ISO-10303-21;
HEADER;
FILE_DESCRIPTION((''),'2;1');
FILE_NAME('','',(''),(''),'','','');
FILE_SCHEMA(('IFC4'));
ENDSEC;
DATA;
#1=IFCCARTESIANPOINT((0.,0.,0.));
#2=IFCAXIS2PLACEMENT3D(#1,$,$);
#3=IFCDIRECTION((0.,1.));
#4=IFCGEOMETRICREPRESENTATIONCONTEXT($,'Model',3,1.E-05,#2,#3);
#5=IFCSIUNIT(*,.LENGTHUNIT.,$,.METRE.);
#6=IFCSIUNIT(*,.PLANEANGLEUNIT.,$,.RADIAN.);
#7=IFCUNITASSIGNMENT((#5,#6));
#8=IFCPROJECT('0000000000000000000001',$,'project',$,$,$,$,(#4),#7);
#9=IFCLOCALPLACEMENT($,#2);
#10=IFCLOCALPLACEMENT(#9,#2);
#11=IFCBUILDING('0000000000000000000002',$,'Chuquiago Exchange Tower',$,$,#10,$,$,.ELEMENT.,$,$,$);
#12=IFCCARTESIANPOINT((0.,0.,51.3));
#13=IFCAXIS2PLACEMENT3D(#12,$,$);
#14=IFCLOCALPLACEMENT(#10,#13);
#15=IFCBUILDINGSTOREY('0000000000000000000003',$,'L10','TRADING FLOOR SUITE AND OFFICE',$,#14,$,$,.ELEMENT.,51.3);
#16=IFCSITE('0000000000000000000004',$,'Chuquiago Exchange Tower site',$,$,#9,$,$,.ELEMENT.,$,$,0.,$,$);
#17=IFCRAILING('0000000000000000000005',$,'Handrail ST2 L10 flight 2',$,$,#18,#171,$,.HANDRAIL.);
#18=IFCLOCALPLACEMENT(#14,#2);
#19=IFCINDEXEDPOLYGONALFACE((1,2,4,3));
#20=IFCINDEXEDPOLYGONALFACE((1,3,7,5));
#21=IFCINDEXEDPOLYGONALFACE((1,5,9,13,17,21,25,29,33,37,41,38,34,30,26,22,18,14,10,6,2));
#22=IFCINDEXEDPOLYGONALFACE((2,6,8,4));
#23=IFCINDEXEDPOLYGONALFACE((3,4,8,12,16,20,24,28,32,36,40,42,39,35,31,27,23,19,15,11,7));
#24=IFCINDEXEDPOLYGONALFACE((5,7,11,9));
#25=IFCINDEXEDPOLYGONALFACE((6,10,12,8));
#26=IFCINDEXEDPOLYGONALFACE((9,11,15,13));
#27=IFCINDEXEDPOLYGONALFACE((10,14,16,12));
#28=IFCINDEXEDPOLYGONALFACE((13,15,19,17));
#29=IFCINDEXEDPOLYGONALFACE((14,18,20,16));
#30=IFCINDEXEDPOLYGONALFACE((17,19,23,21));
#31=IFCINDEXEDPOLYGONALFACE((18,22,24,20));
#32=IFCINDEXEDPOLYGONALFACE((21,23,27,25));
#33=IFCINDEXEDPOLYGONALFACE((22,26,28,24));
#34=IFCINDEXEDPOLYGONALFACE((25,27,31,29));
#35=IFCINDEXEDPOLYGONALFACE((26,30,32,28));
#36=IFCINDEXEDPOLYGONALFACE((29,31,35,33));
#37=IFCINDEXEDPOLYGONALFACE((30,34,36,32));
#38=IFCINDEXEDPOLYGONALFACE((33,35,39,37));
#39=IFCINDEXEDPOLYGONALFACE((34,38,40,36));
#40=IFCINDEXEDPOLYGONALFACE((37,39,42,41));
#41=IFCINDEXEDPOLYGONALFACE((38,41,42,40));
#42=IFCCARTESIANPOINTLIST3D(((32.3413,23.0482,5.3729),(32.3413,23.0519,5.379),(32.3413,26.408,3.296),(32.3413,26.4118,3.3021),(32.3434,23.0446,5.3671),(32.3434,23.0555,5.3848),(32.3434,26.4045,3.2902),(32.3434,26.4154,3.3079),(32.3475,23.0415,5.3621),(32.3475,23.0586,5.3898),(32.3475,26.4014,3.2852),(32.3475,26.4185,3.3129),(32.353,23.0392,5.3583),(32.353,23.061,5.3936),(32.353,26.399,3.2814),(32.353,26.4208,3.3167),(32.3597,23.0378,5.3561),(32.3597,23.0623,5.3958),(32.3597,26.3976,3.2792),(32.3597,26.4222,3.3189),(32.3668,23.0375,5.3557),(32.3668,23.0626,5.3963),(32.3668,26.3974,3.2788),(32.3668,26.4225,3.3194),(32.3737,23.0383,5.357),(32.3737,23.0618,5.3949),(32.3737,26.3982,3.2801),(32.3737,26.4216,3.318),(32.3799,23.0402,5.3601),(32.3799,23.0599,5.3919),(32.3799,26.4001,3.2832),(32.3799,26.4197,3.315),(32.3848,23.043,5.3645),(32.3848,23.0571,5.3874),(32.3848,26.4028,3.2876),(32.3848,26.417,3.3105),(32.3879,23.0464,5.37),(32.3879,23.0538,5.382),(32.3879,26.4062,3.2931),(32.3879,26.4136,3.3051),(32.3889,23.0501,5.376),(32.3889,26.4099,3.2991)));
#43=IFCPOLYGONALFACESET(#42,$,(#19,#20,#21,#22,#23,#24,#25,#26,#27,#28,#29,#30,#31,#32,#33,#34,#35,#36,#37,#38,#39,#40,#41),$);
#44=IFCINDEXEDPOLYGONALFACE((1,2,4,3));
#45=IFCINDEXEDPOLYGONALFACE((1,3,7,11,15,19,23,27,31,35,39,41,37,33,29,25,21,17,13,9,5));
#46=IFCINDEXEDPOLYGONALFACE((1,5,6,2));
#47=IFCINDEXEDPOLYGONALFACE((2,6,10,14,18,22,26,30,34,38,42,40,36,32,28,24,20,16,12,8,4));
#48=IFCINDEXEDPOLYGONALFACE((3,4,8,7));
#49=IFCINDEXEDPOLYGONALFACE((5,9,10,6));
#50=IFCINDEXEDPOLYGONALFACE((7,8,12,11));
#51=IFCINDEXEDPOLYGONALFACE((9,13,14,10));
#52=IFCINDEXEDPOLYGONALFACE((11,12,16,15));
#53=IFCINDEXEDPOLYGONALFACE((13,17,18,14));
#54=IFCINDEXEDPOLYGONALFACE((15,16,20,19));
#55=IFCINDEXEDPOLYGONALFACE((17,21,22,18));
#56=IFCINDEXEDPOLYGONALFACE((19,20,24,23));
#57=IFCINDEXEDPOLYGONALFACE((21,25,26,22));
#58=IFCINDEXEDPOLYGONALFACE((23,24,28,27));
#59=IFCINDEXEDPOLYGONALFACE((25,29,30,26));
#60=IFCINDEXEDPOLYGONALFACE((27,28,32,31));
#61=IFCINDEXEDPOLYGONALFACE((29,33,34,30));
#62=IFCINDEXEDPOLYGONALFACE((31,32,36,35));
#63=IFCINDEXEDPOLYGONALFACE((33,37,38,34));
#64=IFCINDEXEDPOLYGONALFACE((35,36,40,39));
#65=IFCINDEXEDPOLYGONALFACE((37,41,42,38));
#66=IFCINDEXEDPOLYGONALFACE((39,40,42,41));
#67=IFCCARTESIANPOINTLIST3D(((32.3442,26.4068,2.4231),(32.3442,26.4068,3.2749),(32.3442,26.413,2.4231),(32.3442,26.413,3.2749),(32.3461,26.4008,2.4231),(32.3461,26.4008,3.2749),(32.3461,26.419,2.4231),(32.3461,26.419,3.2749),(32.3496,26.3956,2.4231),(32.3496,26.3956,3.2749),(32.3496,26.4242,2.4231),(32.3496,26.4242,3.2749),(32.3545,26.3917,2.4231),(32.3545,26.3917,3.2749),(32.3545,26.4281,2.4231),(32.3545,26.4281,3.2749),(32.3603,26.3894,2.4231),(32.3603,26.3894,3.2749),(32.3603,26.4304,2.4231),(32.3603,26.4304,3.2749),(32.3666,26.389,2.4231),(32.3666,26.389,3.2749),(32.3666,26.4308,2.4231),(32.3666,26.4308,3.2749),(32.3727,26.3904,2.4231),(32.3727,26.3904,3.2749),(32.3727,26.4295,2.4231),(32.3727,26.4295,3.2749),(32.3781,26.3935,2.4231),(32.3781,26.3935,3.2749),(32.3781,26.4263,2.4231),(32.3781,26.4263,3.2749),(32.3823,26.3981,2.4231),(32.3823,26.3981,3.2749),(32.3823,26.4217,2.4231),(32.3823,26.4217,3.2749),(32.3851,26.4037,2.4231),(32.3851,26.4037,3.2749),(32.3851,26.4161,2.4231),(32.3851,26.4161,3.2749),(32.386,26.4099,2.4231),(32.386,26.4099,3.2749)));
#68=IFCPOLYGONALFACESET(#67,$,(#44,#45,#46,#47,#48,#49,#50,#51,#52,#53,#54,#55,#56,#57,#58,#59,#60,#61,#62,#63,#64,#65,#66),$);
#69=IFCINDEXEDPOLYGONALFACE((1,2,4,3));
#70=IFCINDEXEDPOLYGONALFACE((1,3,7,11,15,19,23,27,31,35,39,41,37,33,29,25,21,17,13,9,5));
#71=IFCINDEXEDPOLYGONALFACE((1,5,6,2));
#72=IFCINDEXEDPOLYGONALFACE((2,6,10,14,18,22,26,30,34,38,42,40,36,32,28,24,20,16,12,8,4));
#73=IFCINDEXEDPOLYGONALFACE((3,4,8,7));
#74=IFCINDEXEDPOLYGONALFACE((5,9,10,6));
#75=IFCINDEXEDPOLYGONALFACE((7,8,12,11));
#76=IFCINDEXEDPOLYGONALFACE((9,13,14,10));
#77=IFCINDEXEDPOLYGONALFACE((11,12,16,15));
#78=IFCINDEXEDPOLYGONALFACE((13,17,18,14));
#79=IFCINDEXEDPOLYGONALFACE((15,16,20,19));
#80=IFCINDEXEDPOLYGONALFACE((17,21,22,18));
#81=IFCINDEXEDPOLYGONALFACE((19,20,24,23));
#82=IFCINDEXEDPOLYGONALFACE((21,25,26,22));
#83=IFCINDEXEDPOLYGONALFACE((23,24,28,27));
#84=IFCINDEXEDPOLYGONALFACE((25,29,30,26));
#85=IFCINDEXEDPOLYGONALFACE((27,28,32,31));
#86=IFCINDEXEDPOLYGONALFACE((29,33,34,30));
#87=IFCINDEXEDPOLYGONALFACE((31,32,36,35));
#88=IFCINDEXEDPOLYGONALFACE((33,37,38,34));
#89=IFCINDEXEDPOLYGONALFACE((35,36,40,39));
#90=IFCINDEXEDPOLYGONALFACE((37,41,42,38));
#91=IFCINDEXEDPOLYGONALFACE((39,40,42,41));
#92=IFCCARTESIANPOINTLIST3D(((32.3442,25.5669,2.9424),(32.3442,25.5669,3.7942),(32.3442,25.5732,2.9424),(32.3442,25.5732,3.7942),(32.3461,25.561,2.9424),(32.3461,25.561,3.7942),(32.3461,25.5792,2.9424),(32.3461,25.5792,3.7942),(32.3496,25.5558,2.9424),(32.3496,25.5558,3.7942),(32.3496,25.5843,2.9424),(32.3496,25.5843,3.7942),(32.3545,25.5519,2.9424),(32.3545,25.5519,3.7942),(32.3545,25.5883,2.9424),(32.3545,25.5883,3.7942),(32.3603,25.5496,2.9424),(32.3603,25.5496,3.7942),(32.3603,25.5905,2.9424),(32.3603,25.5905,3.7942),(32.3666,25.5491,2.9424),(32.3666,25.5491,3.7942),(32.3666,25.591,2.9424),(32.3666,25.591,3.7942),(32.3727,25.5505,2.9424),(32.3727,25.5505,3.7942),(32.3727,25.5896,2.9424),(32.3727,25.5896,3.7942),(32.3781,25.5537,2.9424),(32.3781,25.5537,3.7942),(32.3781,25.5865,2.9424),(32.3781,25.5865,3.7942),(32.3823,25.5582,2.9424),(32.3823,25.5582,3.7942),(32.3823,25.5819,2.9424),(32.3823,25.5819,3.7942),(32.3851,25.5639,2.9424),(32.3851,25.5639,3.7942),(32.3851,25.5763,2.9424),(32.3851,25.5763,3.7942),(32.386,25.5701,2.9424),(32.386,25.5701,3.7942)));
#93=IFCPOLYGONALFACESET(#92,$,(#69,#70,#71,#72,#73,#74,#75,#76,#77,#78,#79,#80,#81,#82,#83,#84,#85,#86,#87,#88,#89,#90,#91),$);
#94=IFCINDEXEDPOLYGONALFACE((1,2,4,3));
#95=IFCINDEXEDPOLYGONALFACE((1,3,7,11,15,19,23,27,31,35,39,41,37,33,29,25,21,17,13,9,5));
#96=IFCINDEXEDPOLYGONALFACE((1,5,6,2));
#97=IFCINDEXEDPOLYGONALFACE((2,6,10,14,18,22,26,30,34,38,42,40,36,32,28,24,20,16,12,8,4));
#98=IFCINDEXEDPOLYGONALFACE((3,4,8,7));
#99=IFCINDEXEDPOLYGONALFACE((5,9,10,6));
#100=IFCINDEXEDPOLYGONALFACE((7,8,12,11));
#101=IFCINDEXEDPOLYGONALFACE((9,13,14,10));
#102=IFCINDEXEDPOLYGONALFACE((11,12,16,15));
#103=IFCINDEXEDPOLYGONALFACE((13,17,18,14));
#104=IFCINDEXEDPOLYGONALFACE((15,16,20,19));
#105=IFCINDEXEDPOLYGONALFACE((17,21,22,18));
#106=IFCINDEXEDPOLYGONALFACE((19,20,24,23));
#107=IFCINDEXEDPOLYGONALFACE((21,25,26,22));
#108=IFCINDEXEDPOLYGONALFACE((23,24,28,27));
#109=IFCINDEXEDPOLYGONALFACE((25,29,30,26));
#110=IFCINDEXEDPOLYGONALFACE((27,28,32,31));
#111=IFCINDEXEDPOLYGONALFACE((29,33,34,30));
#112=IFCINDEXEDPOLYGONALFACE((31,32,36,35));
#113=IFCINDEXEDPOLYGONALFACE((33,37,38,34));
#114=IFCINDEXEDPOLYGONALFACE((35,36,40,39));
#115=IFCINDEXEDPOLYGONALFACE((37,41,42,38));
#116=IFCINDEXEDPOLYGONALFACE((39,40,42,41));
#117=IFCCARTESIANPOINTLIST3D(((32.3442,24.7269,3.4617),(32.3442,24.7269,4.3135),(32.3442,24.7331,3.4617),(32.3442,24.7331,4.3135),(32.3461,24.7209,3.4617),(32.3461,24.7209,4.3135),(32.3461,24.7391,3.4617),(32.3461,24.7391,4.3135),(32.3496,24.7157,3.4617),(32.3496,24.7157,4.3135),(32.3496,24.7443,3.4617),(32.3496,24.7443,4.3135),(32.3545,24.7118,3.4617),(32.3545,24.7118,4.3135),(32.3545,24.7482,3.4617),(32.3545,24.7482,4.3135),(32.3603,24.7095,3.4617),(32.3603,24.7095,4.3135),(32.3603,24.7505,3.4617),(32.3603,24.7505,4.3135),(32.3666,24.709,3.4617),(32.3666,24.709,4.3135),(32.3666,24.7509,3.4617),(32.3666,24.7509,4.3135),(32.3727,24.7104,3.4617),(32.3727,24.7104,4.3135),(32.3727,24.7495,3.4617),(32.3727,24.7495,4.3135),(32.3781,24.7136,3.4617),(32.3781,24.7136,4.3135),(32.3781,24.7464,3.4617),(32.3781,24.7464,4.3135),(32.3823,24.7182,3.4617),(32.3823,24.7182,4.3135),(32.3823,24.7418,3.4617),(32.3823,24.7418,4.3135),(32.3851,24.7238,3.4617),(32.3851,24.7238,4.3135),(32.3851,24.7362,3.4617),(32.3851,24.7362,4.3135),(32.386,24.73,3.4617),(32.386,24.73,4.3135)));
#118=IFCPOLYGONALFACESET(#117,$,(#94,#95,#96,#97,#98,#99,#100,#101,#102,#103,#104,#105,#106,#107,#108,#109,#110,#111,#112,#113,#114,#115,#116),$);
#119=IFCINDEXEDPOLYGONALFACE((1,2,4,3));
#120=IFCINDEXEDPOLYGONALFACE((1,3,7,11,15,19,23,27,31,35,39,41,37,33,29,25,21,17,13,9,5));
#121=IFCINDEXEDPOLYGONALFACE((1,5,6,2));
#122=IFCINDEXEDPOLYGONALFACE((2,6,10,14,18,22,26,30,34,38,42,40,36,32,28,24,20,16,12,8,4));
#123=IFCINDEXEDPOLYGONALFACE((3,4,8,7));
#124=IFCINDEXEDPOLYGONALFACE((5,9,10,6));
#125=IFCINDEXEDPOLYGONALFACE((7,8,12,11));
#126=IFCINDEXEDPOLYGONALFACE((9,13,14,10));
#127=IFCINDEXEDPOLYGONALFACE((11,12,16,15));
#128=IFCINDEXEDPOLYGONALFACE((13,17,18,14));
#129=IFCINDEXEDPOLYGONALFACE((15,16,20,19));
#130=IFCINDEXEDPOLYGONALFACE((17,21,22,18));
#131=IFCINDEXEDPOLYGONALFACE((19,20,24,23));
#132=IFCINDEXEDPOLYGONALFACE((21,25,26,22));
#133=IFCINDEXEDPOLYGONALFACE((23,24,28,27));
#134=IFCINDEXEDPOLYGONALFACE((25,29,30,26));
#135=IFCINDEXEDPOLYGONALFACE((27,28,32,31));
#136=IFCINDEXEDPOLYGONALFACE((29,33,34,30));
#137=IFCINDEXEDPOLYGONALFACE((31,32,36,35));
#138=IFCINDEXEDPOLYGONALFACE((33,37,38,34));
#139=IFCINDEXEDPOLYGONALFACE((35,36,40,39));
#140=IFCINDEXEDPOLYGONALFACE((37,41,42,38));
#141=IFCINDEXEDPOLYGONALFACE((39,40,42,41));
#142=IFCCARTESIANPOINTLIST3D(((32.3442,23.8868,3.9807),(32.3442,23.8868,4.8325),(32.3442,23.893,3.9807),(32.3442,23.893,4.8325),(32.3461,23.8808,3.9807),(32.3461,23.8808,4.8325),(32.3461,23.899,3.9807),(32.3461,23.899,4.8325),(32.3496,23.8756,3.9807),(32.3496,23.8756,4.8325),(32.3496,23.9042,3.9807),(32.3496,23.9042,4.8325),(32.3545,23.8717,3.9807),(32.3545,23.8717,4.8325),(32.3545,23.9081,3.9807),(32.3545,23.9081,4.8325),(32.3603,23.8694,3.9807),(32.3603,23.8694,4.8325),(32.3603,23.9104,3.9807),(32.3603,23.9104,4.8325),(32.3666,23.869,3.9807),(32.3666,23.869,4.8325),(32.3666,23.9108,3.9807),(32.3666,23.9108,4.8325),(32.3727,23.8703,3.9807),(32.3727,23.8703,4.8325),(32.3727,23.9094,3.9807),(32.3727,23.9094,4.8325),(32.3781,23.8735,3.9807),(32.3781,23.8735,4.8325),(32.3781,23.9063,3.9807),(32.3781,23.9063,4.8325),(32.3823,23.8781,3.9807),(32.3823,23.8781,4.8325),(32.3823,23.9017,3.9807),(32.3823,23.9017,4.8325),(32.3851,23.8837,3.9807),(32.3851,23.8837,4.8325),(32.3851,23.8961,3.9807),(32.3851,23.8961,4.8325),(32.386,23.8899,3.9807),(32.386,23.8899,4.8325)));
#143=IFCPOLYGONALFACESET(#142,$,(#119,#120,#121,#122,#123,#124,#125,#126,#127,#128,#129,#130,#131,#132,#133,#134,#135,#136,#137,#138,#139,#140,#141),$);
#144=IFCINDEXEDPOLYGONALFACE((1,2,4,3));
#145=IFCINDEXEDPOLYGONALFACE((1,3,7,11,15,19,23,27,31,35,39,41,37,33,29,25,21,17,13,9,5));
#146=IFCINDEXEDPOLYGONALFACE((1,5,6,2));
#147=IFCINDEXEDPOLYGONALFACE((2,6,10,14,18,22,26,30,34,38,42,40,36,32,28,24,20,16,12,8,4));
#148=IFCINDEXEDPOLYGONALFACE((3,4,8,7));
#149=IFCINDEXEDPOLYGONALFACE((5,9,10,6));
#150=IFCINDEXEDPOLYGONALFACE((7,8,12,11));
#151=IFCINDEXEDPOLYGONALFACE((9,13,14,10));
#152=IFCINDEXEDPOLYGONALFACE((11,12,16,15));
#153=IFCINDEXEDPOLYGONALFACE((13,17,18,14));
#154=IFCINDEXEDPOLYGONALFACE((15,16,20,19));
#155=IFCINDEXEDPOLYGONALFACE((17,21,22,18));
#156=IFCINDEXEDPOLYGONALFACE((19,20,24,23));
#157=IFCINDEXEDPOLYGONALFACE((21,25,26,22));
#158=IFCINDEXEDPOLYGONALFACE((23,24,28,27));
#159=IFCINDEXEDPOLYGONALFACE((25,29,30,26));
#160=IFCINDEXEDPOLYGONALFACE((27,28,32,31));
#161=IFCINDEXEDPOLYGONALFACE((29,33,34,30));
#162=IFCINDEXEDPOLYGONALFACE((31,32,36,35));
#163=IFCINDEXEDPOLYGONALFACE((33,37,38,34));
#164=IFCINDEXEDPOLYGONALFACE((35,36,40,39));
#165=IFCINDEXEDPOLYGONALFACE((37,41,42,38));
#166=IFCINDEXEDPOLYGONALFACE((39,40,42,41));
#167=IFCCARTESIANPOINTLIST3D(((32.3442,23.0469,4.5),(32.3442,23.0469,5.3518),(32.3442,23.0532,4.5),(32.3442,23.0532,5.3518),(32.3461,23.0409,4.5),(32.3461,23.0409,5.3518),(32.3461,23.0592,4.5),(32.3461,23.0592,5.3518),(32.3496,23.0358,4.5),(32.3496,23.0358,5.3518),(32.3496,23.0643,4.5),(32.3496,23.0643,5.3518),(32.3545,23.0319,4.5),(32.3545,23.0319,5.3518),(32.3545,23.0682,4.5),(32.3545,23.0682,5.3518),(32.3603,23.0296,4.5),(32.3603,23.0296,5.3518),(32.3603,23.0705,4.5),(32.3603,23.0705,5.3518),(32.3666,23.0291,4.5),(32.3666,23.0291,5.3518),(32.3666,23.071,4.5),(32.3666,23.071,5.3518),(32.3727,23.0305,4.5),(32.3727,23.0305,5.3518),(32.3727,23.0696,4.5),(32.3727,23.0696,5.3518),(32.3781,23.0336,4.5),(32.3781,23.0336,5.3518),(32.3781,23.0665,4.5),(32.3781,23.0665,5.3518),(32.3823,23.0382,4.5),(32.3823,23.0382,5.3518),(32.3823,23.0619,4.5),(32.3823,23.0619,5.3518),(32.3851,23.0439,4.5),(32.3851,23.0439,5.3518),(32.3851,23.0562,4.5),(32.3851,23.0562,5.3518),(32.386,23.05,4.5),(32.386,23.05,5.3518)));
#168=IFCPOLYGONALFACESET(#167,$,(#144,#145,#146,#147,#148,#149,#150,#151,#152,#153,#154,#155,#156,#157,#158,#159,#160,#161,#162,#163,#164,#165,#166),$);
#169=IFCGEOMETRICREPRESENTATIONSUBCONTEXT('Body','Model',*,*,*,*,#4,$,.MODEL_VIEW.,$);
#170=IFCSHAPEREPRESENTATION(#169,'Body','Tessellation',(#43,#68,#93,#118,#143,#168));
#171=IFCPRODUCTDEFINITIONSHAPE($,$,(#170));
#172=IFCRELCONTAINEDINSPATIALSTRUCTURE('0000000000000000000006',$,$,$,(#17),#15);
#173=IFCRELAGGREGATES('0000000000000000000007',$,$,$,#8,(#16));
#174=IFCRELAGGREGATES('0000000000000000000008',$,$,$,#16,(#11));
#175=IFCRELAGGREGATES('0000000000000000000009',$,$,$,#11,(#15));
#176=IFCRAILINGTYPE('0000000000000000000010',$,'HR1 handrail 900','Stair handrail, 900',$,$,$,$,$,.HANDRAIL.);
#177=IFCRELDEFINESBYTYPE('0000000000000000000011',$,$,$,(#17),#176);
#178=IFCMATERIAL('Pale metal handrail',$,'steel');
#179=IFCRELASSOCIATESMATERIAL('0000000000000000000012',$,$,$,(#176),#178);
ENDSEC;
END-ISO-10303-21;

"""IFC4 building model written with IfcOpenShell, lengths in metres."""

from ifc_helpers import new_model, si_unit, direction, frame, origin, origin_2d, place, context, subcontext, project, spatial, circle, extrude, material, type_object, element, save


model = new_model("IFC4")

# Units and contexts
model_context = context("Model", 3, precision=1e-05, world=origin(), true_north=direction((0.0, 1.0)))
body_context = subcontext(model_context, "Body", "Model", "MODEL_VIEW")
ifc_project = project(units=[si_unit("LENGTHUNIT", "METRE"), si_unit("PLANEANGLEUNIT", "RADIAN")], contexts=[model_context])

# Site, building, storey
site_placement = place(None, origin())
site = spatial("IfcSite", under=ifc_project, at=site_placement, Name="Chuquiago Exchange Tower site", CompositionType="ELEMENT", RefElevation=0.0)
building_placement = place(site_placement, origin())
building = spatial("IfcBuilding", under=site, at=building_placement, Name="Chuquiago Exchange Tower", CompositionType="ELEMENT")
storey_placement = place(building_placement, frame((0.0, 0.0, 51.3)))
storey = spatial("IfcBuildingStorey", under=building, at=storey_placement, Name="L10", Description="TRADING FLOOR SUITE AND OFFICE", CompositionType="ELEMENT", Elevation=51.3)

# Railing
ifc_material_1 = material(Name="Pale metal handrail", Category="steel")
railing_type_1 = type_object("IfcRailingType", Name="HR1 handrail 900", Description="Stair handrail, 900", PredefinedType="HANDRAIL", material=ifc_material_1)
for number, where, name in (
    (1, (32.365, 26.4099, 2.4231), "Handrail ST2 L10 flight 2"),
):
    element("IfcRailing", number, at=place(storey_placement, frame(where)), inside=storey, type_object=railing_type_1, Name=name, PredefinedType="HANDRAIL", context=body_context, shape_type="SweptSolid", body=[
        extrude(circle(Radius=0.0239, at=origin_2d()), frame((0.0, 0.0, 0.876), z_axis=(0.0, -0.850606, 0.525803), x_axis=(1.0, 0.0, 0.0)), (0.0, 0.0, 1.0), 3.95),
        extrude(circle(Radius=0.021, at=origin_2d()), origin(), (0.0, 0.0, 1.0), 0.8518),
        extrude(circle(Radius=0.021, at=origin_2d()), frame((0.0, -0.8398, 0.5193)), (0.0, 0.0, 1.0), 0.8518),
        extrude(circle(Radius=0.021, at=origin_2d()), frame((0.0, -1.6799, 1.0386)), (0.0, 0.0, 1.0), 0.8518),
        extrude(circle(Radius=0.021, at=origin_2d()), frame((0.0, -2.52, 1.5576)), (0.0, 0.0, 1.0), 0.8518),
        extrude(circle(Radius=0.021, at=origin_2d()), frame((0.0, -3.3599, 2.0769)), (0.0, 0.0, 1.0), 0.8518),
    ])

save(model, "model.ifc")
